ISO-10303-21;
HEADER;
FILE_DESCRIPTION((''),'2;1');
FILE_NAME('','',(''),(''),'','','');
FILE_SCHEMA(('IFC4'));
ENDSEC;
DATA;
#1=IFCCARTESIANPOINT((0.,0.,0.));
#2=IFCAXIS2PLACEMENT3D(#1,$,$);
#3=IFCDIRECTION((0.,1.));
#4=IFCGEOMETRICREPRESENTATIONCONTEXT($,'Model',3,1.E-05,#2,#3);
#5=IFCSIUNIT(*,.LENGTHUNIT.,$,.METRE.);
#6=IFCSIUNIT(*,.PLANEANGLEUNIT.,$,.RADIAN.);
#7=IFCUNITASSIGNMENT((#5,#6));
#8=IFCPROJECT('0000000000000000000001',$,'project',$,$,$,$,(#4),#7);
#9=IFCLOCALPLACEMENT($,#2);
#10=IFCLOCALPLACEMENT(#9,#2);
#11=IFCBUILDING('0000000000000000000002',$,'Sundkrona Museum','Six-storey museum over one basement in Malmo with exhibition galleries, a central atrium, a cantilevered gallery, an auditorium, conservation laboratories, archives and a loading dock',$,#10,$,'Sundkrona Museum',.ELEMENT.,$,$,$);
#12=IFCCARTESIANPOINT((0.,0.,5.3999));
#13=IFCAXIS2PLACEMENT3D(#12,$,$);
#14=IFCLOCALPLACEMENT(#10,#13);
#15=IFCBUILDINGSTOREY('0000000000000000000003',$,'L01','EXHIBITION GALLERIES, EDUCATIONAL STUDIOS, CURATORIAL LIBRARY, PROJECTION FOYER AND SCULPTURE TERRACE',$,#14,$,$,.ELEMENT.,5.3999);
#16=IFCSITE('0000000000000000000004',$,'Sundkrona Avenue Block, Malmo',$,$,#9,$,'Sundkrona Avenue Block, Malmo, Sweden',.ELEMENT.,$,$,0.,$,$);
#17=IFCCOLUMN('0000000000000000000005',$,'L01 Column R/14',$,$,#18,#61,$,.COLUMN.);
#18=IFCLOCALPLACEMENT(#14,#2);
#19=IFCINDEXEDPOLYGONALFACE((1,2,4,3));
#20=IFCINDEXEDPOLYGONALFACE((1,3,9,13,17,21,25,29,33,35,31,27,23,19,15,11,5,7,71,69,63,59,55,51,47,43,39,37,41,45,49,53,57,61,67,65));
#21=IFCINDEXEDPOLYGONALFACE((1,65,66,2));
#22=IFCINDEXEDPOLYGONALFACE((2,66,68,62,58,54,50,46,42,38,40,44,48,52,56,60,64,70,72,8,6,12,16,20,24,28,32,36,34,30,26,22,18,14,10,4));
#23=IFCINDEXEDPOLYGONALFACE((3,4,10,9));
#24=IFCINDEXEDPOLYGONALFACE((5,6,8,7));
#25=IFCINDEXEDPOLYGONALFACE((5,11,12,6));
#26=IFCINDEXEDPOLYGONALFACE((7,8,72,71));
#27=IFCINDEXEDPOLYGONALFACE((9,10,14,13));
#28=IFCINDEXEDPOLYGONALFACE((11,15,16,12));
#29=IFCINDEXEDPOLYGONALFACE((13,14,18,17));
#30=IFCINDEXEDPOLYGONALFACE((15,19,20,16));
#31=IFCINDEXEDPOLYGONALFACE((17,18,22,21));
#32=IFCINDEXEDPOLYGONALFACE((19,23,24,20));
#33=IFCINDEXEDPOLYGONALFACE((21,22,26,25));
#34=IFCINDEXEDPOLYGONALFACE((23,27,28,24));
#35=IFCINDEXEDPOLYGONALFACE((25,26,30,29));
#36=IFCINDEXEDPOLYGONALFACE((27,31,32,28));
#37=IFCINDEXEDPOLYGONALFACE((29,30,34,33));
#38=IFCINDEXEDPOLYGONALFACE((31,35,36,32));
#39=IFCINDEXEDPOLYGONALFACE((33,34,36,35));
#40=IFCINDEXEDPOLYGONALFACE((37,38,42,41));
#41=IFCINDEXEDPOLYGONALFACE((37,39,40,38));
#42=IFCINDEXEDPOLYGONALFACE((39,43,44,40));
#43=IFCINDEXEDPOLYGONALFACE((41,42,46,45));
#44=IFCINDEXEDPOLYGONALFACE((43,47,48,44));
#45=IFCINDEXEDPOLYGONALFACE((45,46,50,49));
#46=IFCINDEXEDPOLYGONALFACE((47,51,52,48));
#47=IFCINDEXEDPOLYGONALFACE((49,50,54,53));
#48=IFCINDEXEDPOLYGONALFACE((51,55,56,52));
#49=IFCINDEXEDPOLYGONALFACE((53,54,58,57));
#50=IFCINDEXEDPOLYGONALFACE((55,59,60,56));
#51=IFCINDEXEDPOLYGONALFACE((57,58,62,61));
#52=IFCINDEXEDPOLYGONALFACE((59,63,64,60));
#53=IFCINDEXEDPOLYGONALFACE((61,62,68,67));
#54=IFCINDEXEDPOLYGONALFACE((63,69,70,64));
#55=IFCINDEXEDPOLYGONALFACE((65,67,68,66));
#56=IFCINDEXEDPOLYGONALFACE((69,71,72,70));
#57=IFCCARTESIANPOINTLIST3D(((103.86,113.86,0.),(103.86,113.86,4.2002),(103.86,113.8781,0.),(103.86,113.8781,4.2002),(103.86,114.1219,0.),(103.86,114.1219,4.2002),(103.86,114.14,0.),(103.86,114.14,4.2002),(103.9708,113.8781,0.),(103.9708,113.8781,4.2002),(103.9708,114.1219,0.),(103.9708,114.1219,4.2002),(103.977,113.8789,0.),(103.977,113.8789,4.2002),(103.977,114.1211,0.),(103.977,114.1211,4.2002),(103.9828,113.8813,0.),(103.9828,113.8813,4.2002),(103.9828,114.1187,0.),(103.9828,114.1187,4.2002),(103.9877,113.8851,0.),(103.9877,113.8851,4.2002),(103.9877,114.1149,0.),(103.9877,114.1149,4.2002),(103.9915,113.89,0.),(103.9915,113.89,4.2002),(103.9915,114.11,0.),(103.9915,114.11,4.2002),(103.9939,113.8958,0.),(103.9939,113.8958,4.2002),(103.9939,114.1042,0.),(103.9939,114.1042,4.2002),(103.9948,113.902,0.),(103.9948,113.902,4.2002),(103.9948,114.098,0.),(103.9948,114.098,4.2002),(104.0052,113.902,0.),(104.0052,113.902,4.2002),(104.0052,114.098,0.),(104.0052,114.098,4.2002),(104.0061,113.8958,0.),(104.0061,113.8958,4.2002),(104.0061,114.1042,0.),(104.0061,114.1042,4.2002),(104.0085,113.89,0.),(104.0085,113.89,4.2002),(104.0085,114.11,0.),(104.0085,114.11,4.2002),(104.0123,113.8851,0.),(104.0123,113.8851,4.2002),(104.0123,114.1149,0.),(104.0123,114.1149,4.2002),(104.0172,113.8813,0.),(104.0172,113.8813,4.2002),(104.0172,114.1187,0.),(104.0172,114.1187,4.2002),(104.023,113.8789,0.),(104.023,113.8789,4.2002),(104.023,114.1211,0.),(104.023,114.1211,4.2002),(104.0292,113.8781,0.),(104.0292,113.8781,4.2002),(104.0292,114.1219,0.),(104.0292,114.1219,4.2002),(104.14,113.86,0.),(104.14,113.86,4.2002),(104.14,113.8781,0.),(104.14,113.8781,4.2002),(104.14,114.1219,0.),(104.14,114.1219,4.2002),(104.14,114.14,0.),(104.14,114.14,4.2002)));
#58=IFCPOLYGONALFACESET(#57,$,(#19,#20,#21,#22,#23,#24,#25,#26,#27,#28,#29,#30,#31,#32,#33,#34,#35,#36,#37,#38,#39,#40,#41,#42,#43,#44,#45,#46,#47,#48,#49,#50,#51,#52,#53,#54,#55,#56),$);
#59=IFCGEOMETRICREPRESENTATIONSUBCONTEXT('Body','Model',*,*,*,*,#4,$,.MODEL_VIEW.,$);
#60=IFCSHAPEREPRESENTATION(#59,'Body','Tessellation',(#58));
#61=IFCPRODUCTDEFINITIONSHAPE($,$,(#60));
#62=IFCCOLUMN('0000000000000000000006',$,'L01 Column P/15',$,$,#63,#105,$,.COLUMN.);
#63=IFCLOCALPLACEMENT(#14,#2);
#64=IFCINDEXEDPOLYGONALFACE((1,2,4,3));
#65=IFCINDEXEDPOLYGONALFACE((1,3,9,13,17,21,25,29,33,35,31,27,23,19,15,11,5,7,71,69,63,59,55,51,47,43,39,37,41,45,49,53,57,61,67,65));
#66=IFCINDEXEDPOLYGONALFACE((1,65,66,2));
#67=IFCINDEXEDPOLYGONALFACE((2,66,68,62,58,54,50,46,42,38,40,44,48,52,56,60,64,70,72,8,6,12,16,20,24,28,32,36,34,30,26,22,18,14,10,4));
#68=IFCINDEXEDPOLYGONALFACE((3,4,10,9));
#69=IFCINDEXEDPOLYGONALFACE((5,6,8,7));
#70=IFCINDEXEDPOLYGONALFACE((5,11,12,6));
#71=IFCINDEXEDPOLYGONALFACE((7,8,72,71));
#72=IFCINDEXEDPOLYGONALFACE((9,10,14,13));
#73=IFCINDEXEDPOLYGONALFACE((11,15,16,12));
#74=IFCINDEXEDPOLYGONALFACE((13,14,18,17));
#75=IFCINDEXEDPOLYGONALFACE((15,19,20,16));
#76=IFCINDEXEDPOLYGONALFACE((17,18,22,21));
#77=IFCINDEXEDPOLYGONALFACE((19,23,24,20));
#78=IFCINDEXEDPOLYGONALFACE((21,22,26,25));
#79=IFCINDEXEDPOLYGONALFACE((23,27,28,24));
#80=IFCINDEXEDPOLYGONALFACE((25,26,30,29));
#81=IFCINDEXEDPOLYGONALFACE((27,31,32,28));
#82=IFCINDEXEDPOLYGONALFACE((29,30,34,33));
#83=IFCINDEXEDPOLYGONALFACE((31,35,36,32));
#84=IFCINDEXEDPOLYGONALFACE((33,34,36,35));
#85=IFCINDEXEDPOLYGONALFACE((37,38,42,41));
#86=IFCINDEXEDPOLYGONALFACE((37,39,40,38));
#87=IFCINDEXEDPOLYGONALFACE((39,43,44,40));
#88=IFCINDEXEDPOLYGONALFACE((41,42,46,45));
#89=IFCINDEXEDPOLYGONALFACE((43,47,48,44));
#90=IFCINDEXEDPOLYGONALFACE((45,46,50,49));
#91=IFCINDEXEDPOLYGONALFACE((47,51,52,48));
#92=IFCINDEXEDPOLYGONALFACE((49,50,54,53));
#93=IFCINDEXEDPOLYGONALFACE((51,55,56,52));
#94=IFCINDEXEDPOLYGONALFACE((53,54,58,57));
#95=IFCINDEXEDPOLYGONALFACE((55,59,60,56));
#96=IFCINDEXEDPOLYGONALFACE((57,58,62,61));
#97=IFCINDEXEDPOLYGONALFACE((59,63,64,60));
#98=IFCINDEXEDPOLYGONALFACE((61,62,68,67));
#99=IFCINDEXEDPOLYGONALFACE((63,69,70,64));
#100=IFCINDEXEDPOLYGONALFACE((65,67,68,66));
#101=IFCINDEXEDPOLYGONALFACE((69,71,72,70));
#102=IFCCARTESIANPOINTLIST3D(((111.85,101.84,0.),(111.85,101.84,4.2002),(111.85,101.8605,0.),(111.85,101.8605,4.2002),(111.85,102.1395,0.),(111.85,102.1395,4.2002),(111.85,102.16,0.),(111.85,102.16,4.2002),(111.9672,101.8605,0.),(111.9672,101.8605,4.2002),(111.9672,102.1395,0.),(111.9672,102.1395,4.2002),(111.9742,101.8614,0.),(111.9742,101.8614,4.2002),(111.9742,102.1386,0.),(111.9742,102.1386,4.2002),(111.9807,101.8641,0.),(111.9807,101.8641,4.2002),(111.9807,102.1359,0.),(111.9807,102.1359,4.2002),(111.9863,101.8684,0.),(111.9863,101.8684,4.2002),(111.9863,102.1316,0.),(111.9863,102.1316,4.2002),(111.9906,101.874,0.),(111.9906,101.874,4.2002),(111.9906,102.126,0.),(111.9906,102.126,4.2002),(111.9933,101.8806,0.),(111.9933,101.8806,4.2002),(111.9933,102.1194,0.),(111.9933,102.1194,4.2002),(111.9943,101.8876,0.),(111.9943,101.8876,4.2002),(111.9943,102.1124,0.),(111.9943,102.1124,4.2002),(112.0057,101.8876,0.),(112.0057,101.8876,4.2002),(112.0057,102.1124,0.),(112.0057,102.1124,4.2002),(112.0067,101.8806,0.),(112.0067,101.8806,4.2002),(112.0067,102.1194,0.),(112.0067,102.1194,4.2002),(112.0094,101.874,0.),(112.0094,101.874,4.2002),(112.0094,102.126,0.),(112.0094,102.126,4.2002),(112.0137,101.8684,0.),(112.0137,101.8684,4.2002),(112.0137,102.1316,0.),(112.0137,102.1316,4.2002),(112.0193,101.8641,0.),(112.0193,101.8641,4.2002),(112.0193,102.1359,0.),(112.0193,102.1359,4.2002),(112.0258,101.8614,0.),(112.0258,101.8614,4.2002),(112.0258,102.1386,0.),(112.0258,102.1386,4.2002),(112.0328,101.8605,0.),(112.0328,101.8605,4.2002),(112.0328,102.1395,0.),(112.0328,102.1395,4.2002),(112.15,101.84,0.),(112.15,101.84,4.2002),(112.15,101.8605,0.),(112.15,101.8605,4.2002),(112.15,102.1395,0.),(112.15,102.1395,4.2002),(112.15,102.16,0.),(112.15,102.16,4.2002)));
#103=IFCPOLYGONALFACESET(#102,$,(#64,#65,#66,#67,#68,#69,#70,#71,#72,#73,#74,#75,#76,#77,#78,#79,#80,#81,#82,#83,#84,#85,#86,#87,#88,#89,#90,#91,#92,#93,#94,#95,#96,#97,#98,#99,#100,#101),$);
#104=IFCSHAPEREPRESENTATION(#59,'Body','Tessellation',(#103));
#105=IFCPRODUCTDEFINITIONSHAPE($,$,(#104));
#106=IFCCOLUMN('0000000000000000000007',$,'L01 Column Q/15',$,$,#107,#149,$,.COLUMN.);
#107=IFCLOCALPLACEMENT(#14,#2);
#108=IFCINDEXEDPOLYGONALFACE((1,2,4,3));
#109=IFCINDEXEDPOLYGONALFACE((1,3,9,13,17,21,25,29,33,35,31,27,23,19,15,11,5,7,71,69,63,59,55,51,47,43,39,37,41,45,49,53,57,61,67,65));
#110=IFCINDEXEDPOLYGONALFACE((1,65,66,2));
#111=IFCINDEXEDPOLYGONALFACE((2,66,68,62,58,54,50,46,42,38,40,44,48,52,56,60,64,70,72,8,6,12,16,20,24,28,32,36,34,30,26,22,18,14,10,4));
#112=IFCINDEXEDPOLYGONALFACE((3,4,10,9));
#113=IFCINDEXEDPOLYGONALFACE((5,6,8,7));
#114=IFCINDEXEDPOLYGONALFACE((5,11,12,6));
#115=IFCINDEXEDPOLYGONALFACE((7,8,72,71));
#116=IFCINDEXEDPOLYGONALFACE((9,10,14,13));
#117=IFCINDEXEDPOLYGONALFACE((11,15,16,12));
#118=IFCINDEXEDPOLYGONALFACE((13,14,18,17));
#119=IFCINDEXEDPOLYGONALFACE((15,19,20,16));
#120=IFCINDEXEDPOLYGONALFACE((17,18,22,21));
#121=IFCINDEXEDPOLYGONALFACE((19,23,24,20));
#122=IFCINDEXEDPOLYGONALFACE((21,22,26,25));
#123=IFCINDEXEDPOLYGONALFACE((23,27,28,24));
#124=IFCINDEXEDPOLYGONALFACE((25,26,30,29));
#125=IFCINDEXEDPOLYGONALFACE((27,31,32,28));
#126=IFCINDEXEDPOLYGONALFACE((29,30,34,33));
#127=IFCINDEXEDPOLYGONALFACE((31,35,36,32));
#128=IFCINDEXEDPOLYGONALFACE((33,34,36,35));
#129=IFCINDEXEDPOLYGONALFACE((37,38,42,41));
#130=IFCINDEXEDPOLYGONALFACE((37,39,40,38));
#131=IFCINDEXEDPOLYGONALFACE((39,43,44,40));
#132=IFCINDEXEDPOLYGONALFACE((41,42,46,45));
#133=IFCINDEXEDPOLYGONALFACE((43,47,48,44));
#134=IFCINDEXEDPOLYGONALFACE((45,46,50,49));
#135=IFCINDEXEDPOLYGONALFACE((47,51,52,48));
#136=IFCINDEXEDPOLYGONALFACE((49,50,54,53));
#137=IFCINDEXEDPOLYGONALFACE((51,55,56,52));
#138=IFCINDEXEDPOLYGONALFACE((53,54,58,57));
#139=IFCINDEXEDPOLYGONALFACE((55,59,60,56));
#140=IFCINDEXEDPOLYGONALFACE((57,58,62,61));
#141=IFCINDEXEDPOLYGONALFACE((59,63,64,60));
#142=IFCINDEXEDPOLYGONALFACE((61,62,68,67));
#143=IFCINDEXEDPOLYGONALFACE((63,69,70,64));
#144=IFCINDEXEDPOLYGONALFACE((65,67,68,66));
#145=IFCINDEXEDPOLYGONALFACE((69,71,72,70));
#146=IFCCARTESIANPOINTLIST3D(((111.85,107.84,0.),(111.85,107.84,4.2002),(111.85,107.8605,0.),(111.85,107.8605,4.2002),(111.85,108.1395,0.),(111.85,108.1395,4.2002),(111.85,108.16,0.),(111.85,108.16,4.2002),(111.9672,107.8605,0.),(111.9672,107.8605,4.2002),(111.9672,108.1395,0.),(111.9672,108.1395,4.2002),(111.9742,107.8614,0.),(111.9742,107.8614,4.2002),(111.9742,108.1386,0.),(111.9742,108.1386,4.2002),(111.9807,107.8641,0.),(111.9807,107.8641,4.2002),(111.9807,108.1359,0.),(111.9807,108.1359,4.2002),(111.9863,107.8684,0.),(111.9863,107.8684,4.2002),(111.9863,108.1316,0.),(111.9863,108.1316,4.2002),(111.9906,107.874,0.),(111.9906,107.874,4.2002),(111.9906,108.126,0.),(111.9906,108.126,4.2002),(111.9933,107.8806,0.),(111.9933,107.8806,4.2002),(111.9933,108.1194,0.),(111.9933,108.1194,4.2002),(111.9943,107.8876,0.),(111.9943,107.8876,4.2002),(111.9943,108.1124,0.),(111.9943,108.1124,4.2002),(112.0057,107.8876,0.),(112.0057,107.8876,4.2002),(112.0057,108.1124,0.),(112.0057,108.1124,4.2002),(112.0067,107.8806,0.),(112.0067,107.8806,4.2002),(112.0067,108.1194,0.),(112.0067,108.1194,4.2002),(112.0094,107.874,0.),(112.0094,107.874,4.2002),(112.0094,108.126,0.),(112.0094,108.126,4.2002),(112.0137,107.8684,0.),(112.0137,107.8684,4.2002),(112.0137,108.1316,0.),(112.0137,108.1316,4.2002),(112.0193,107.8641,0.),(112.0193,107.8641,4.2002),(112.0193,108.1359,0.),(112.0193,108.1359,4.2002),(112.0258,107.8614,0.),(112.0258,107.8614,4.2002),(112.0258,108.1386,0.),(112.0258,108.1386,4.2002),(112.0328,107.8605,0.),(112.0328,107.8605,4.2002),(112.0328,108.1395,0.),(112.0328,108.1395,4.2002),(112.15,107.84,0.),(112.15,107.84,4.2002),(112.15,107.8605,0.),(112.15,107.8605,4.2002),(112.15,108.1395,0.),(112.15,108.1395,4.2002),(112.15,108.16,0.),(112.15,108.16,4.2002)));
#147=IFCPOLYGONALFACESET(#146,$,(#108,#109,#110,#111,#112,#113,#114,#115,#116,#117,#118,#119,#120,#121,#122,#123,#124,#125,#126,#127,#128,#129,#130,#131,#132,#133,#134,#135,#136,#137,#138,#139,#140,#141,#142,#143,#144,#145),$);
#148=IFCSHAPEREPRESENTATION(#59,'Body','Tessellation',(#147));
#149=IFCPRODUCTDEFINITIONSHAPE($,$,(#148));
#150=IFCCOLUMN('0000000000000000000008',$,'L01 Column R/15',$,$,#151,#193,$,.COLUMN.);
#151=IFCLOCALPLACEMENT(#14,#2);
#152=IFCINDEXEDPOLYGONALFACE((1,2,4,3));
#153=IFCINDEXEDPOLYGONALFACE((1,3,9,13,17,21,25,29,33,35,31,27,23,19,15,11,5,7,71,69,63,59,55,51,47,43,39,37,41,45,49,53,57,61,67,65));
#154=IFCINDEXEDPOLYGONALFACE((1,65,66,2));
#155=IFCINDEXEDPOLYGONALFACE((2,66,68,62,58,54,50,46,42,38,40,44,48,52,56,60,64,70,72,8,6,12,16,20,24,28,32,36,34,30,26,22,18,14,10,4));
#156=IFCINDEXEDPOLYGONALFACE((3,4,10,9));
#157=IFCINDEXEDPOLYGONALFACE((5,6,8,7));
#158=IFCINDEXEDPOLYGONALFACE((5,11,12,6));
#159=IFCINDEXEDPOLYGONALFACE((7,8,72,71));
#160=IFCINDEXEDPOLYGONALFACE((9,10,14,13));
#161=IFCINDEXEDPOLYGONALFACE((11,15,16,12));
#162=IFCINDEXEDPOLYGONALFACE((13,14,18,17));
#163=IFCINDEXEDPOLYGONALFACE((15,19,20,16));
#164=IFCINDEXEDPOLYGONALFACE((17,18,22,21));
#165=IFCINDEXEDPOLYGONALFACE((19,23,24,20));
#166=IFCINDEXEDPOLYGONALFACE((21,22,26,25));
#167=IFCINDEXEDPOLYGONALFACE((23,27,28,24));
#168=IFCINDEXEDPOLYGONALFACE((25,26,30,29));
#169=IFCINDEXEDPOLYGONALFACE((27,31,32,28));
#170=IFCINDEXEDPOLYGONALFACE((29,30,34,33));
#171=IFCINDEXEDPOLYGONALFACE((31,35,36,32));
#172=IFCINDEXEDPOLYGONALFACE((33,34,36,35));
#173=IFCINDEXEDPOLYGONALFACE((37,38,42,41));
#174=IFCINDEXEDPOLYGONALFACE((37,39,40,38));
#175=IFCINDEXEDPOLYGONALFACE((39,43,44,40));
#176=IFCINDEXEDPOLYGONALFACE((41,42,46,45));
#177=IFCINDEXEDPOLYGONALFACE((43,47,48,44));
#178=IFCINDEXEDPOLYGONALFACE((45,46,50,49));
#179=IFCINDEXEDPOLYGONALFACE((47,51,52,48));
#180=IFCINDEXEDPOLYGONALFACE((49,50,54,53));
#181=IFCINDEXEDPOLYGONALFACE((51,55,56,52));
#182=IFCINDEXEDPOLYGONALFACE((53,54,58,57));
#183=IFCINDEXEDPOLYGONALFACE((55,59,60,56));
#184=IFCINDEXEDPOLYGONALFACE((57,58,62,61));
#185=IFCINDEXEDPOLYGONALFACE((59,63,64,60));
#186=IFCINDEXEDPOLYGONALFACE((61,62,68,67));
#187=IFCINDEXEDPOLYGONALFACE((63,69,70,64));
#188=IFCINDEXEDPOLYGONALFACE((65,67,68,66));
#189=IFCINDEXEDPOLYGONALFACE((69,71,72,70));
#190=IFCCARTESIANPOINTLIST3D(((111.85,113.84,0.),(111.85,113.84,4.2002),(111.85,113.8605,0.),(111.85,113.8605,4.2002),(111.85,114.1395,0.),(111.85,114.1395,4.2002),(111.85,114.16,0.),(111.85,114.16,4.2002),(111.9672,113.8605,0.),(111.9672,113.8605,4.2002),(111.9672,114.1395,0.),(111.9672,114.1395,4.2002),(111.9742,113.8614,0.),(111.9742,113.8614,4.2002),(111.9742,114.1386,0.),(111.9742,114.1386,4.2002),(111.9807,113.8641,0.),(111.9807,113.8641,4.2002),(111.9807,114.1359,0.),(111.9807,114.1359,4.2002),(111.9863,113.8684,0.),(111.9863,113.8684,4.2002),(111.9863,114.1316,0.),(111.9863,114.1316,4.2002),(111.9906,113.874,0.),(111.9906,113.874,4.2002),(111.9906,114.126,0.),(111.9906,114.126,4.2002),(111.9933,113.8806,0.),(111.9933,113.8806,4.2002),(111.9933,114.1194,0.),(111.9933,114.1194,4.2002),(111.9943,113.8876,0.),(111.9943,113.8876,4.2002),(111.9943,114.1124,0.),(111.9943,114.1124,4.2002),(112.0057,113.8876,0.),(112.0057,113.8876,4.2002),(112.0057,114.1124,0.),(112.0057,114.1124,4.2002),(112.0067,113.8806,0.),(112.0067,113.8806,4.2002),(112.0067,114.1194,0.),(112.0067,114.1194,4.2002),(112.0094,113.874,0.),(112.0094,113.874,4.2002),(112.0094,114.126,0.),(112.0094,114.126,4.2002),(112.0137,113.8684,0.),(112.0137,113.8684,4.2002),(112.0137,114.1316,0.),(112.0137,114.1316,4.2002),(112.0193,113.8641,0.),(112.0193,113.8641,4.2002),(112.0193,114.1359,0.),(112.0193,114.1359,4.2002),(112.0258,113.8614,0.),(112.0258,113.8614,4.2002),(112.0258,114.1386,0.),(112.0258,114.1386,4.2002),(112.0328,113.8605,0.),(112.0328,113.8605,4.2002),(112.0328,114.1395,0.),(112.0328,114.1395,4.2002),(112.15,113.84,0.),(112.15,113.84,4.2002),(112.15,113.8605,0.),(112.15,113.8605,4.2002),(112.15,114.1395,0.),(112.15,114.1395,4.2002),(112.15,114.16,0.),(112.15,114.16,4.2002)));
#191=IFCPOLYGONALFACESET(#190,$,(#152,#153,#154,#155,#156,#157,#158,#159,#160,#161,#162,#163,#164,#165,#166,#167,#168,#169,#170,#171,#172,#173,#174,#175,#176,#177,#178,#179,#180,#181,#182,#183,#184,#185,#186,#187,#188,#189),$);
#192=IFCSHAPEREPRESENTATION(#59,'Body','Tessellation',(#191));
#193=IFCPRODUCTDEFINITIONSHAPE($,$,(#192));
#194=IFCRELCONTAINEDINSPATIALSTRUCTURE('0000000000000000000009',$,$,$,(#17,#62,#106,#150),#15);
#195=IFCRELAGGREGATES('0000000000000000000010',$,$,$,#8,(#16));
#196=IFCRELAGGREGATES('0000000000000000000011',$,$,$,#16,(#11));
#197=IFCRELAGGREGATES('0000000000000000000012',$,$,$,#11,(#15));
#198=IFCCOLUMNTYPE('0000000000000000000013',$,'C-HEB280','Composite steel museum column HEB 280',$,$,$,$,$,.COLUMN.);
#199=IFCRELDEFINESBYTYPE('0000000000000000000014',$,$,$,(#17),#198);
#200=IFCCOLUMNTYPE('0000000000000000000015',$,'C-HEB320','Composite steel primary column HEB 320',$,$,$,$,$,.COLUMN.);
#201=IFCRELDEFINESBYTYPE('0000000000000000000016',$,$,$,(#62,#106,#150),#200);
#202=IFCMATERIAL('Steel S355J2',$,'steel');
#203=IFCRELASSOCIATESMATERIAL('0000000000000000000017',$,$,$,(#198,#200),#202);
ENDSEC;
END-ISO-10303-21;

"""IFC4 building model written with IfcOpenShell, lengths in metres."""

from ifc_helpers import new_model, si_unit, direction, frame, origin, origin_2d, place, context, subcontext, project, spatial, i_section, extrude, material, material_profile, profile_set, type_object, element, save


model = new_model("IFC4")

# Units and contexts
model_context = context("Model", 3, precision=1e-05, world=origin(), true_north=direction((0.0, 1.0)))
body_context = subcontext(model_context, "Body", "Model", "MODEL_VIEW")
ifc_project = project(units=[si_unit("LENGTHUNIT", "METRE"), si_unit("PLANEANGLEUNIT", "RADIAN")], contexts=[model_context])

# Site, building, storey
site_placement = place(None, origin())
site = spatial("IfcSite", under=ifc_project, at=site_placement, Name="Sundkrona Avenue Block, Malmo", LongName="Sundkrona Avenue Block, Malmo, Sweden", CompositionType="ELEMENT", RefElevation=0.0)
building_placement = place(site_placement, origin())
building = spatial("IfcBuilding", under=site, at=building_placement, Name="Sundkrona Museum", Description="Six-storey museum over one basement in Malmo with exhibition galleries, a central atrium, a cantilevered gallery, an auditorium, conservation laboratories, archives and a loading dock", LongName="Sundkrona Museum", CompositionType="ELEMENT")
storey_placement = place(building_placement, frame((0.0, 0.0, 5.3999)))
storey = spatial("IfcBuildingStorey", under=building, at=storey_placement, Name="L01", Description="EXHIBITION GALLERIES, EDUCATIONAL STUDIOS, CURATORIAL LIBRARY, PROJECTION FOYER AND SCULPTURE TERRACE", CompositionType="ELEMENT", Elevation=5.3999)

# Columns
ifc_material_1 = material(Name="Steel S355J2", Category="steel")
ifc_material_profile_1 = material_profile(ifc_material_1, i_section(OverallWidth=0.28, OverallDepth=0.28, WebThickness=0.0105, FlangeThickness=0.0181, FilletRadius=0.0239, at=origin_2d()), Name="HEB 280")
ifc_profile_set_1 = profile_set([ifc_material_profile_1], Name="Steel S355J2")
column_type_1 = type_object("IfcColumnType", Name="C-HEB280", Description="Composite steel museum column HEB 280", PredefinedType="COLUMN", material=ifc_profile_set_1)
column_placement = place(storey_placement, frame((104.0, 114.0, 0.0), z_axis=(0.0, 0.0, 1.0), x_axis=(1.0, 0.0, 0.0)))
element("IfcColumn", 1, at=column_placement, inside=storey, type_object=column_type_1, Name="L01 Column R/14", PredefinedType="COLUMN", context=body_context, shape_type="SweptSolid", body=[
    extrude(i_section(OverallWidth=0.28, OverallDepth=0.28, WebThickness=0.0105, FlangeThickness=0.0181, FilletRadius=0.0239, at=origin_2d()), origin(), (0.0, 0.0, 1.0), 4.2002),
])
ifc_material_profile_2 = material_profile(ifc_material_1, i_section(OverallWidth=0.3, OverallDepth=0.3201, WebThickness=0.0115, FlangeThickness=0.0205, FilletRadius=0.0271, at=origin_2d()), Name="HEB 320")
ifc_profile_set_2 = profile_set([ifc_material_profile_2], Name="Steel S355J2")
column_type_2 = type_object("IfcColumnType", Name="C-HEB320", Description="Composite steel primary column HEB 320", PredefinedType="COLUMN", material=ifc_profile_set_2)
for number, where, z_axis, x_axis, name in (
    (2, (112.0, 102.0, 0.0), (0.0, 0.0, 1.0), (1.0, 0.0, 0.0), "L01 Column P/15"),
    (3, (112.0, 108.0, 0.0), (0.0, 0.0, 1.0), (1.0, 0.0, 0.0), "L01 Column Q/15"),
    (4, (112.0, 114.0, 0.0), (0.0, 0.0, 1.0), (1.0, 0.0, 0.0), "L01 Column R/15"),
):
    element("IfcColumn", number, at=place(storey_placement, frame(where, z_axis=z_axis, x_axis=x_axis)), inside=storey, type_object=column_type_2, Name=name, PredefinedType="COLUMN", context=body_context, shape_type="SweptSolid", body=[
        extrude(i_section(OverallWidth=0.3, OverallDepth=0.3201, WebThickness=0.0115, FlangeThickness=0.0205, FilletRadius=0.0271, at=origin_2d()), origin(), (0.0, 0.0, 1.0), 4.2002),
    ])

save(model, "model.ifc")
